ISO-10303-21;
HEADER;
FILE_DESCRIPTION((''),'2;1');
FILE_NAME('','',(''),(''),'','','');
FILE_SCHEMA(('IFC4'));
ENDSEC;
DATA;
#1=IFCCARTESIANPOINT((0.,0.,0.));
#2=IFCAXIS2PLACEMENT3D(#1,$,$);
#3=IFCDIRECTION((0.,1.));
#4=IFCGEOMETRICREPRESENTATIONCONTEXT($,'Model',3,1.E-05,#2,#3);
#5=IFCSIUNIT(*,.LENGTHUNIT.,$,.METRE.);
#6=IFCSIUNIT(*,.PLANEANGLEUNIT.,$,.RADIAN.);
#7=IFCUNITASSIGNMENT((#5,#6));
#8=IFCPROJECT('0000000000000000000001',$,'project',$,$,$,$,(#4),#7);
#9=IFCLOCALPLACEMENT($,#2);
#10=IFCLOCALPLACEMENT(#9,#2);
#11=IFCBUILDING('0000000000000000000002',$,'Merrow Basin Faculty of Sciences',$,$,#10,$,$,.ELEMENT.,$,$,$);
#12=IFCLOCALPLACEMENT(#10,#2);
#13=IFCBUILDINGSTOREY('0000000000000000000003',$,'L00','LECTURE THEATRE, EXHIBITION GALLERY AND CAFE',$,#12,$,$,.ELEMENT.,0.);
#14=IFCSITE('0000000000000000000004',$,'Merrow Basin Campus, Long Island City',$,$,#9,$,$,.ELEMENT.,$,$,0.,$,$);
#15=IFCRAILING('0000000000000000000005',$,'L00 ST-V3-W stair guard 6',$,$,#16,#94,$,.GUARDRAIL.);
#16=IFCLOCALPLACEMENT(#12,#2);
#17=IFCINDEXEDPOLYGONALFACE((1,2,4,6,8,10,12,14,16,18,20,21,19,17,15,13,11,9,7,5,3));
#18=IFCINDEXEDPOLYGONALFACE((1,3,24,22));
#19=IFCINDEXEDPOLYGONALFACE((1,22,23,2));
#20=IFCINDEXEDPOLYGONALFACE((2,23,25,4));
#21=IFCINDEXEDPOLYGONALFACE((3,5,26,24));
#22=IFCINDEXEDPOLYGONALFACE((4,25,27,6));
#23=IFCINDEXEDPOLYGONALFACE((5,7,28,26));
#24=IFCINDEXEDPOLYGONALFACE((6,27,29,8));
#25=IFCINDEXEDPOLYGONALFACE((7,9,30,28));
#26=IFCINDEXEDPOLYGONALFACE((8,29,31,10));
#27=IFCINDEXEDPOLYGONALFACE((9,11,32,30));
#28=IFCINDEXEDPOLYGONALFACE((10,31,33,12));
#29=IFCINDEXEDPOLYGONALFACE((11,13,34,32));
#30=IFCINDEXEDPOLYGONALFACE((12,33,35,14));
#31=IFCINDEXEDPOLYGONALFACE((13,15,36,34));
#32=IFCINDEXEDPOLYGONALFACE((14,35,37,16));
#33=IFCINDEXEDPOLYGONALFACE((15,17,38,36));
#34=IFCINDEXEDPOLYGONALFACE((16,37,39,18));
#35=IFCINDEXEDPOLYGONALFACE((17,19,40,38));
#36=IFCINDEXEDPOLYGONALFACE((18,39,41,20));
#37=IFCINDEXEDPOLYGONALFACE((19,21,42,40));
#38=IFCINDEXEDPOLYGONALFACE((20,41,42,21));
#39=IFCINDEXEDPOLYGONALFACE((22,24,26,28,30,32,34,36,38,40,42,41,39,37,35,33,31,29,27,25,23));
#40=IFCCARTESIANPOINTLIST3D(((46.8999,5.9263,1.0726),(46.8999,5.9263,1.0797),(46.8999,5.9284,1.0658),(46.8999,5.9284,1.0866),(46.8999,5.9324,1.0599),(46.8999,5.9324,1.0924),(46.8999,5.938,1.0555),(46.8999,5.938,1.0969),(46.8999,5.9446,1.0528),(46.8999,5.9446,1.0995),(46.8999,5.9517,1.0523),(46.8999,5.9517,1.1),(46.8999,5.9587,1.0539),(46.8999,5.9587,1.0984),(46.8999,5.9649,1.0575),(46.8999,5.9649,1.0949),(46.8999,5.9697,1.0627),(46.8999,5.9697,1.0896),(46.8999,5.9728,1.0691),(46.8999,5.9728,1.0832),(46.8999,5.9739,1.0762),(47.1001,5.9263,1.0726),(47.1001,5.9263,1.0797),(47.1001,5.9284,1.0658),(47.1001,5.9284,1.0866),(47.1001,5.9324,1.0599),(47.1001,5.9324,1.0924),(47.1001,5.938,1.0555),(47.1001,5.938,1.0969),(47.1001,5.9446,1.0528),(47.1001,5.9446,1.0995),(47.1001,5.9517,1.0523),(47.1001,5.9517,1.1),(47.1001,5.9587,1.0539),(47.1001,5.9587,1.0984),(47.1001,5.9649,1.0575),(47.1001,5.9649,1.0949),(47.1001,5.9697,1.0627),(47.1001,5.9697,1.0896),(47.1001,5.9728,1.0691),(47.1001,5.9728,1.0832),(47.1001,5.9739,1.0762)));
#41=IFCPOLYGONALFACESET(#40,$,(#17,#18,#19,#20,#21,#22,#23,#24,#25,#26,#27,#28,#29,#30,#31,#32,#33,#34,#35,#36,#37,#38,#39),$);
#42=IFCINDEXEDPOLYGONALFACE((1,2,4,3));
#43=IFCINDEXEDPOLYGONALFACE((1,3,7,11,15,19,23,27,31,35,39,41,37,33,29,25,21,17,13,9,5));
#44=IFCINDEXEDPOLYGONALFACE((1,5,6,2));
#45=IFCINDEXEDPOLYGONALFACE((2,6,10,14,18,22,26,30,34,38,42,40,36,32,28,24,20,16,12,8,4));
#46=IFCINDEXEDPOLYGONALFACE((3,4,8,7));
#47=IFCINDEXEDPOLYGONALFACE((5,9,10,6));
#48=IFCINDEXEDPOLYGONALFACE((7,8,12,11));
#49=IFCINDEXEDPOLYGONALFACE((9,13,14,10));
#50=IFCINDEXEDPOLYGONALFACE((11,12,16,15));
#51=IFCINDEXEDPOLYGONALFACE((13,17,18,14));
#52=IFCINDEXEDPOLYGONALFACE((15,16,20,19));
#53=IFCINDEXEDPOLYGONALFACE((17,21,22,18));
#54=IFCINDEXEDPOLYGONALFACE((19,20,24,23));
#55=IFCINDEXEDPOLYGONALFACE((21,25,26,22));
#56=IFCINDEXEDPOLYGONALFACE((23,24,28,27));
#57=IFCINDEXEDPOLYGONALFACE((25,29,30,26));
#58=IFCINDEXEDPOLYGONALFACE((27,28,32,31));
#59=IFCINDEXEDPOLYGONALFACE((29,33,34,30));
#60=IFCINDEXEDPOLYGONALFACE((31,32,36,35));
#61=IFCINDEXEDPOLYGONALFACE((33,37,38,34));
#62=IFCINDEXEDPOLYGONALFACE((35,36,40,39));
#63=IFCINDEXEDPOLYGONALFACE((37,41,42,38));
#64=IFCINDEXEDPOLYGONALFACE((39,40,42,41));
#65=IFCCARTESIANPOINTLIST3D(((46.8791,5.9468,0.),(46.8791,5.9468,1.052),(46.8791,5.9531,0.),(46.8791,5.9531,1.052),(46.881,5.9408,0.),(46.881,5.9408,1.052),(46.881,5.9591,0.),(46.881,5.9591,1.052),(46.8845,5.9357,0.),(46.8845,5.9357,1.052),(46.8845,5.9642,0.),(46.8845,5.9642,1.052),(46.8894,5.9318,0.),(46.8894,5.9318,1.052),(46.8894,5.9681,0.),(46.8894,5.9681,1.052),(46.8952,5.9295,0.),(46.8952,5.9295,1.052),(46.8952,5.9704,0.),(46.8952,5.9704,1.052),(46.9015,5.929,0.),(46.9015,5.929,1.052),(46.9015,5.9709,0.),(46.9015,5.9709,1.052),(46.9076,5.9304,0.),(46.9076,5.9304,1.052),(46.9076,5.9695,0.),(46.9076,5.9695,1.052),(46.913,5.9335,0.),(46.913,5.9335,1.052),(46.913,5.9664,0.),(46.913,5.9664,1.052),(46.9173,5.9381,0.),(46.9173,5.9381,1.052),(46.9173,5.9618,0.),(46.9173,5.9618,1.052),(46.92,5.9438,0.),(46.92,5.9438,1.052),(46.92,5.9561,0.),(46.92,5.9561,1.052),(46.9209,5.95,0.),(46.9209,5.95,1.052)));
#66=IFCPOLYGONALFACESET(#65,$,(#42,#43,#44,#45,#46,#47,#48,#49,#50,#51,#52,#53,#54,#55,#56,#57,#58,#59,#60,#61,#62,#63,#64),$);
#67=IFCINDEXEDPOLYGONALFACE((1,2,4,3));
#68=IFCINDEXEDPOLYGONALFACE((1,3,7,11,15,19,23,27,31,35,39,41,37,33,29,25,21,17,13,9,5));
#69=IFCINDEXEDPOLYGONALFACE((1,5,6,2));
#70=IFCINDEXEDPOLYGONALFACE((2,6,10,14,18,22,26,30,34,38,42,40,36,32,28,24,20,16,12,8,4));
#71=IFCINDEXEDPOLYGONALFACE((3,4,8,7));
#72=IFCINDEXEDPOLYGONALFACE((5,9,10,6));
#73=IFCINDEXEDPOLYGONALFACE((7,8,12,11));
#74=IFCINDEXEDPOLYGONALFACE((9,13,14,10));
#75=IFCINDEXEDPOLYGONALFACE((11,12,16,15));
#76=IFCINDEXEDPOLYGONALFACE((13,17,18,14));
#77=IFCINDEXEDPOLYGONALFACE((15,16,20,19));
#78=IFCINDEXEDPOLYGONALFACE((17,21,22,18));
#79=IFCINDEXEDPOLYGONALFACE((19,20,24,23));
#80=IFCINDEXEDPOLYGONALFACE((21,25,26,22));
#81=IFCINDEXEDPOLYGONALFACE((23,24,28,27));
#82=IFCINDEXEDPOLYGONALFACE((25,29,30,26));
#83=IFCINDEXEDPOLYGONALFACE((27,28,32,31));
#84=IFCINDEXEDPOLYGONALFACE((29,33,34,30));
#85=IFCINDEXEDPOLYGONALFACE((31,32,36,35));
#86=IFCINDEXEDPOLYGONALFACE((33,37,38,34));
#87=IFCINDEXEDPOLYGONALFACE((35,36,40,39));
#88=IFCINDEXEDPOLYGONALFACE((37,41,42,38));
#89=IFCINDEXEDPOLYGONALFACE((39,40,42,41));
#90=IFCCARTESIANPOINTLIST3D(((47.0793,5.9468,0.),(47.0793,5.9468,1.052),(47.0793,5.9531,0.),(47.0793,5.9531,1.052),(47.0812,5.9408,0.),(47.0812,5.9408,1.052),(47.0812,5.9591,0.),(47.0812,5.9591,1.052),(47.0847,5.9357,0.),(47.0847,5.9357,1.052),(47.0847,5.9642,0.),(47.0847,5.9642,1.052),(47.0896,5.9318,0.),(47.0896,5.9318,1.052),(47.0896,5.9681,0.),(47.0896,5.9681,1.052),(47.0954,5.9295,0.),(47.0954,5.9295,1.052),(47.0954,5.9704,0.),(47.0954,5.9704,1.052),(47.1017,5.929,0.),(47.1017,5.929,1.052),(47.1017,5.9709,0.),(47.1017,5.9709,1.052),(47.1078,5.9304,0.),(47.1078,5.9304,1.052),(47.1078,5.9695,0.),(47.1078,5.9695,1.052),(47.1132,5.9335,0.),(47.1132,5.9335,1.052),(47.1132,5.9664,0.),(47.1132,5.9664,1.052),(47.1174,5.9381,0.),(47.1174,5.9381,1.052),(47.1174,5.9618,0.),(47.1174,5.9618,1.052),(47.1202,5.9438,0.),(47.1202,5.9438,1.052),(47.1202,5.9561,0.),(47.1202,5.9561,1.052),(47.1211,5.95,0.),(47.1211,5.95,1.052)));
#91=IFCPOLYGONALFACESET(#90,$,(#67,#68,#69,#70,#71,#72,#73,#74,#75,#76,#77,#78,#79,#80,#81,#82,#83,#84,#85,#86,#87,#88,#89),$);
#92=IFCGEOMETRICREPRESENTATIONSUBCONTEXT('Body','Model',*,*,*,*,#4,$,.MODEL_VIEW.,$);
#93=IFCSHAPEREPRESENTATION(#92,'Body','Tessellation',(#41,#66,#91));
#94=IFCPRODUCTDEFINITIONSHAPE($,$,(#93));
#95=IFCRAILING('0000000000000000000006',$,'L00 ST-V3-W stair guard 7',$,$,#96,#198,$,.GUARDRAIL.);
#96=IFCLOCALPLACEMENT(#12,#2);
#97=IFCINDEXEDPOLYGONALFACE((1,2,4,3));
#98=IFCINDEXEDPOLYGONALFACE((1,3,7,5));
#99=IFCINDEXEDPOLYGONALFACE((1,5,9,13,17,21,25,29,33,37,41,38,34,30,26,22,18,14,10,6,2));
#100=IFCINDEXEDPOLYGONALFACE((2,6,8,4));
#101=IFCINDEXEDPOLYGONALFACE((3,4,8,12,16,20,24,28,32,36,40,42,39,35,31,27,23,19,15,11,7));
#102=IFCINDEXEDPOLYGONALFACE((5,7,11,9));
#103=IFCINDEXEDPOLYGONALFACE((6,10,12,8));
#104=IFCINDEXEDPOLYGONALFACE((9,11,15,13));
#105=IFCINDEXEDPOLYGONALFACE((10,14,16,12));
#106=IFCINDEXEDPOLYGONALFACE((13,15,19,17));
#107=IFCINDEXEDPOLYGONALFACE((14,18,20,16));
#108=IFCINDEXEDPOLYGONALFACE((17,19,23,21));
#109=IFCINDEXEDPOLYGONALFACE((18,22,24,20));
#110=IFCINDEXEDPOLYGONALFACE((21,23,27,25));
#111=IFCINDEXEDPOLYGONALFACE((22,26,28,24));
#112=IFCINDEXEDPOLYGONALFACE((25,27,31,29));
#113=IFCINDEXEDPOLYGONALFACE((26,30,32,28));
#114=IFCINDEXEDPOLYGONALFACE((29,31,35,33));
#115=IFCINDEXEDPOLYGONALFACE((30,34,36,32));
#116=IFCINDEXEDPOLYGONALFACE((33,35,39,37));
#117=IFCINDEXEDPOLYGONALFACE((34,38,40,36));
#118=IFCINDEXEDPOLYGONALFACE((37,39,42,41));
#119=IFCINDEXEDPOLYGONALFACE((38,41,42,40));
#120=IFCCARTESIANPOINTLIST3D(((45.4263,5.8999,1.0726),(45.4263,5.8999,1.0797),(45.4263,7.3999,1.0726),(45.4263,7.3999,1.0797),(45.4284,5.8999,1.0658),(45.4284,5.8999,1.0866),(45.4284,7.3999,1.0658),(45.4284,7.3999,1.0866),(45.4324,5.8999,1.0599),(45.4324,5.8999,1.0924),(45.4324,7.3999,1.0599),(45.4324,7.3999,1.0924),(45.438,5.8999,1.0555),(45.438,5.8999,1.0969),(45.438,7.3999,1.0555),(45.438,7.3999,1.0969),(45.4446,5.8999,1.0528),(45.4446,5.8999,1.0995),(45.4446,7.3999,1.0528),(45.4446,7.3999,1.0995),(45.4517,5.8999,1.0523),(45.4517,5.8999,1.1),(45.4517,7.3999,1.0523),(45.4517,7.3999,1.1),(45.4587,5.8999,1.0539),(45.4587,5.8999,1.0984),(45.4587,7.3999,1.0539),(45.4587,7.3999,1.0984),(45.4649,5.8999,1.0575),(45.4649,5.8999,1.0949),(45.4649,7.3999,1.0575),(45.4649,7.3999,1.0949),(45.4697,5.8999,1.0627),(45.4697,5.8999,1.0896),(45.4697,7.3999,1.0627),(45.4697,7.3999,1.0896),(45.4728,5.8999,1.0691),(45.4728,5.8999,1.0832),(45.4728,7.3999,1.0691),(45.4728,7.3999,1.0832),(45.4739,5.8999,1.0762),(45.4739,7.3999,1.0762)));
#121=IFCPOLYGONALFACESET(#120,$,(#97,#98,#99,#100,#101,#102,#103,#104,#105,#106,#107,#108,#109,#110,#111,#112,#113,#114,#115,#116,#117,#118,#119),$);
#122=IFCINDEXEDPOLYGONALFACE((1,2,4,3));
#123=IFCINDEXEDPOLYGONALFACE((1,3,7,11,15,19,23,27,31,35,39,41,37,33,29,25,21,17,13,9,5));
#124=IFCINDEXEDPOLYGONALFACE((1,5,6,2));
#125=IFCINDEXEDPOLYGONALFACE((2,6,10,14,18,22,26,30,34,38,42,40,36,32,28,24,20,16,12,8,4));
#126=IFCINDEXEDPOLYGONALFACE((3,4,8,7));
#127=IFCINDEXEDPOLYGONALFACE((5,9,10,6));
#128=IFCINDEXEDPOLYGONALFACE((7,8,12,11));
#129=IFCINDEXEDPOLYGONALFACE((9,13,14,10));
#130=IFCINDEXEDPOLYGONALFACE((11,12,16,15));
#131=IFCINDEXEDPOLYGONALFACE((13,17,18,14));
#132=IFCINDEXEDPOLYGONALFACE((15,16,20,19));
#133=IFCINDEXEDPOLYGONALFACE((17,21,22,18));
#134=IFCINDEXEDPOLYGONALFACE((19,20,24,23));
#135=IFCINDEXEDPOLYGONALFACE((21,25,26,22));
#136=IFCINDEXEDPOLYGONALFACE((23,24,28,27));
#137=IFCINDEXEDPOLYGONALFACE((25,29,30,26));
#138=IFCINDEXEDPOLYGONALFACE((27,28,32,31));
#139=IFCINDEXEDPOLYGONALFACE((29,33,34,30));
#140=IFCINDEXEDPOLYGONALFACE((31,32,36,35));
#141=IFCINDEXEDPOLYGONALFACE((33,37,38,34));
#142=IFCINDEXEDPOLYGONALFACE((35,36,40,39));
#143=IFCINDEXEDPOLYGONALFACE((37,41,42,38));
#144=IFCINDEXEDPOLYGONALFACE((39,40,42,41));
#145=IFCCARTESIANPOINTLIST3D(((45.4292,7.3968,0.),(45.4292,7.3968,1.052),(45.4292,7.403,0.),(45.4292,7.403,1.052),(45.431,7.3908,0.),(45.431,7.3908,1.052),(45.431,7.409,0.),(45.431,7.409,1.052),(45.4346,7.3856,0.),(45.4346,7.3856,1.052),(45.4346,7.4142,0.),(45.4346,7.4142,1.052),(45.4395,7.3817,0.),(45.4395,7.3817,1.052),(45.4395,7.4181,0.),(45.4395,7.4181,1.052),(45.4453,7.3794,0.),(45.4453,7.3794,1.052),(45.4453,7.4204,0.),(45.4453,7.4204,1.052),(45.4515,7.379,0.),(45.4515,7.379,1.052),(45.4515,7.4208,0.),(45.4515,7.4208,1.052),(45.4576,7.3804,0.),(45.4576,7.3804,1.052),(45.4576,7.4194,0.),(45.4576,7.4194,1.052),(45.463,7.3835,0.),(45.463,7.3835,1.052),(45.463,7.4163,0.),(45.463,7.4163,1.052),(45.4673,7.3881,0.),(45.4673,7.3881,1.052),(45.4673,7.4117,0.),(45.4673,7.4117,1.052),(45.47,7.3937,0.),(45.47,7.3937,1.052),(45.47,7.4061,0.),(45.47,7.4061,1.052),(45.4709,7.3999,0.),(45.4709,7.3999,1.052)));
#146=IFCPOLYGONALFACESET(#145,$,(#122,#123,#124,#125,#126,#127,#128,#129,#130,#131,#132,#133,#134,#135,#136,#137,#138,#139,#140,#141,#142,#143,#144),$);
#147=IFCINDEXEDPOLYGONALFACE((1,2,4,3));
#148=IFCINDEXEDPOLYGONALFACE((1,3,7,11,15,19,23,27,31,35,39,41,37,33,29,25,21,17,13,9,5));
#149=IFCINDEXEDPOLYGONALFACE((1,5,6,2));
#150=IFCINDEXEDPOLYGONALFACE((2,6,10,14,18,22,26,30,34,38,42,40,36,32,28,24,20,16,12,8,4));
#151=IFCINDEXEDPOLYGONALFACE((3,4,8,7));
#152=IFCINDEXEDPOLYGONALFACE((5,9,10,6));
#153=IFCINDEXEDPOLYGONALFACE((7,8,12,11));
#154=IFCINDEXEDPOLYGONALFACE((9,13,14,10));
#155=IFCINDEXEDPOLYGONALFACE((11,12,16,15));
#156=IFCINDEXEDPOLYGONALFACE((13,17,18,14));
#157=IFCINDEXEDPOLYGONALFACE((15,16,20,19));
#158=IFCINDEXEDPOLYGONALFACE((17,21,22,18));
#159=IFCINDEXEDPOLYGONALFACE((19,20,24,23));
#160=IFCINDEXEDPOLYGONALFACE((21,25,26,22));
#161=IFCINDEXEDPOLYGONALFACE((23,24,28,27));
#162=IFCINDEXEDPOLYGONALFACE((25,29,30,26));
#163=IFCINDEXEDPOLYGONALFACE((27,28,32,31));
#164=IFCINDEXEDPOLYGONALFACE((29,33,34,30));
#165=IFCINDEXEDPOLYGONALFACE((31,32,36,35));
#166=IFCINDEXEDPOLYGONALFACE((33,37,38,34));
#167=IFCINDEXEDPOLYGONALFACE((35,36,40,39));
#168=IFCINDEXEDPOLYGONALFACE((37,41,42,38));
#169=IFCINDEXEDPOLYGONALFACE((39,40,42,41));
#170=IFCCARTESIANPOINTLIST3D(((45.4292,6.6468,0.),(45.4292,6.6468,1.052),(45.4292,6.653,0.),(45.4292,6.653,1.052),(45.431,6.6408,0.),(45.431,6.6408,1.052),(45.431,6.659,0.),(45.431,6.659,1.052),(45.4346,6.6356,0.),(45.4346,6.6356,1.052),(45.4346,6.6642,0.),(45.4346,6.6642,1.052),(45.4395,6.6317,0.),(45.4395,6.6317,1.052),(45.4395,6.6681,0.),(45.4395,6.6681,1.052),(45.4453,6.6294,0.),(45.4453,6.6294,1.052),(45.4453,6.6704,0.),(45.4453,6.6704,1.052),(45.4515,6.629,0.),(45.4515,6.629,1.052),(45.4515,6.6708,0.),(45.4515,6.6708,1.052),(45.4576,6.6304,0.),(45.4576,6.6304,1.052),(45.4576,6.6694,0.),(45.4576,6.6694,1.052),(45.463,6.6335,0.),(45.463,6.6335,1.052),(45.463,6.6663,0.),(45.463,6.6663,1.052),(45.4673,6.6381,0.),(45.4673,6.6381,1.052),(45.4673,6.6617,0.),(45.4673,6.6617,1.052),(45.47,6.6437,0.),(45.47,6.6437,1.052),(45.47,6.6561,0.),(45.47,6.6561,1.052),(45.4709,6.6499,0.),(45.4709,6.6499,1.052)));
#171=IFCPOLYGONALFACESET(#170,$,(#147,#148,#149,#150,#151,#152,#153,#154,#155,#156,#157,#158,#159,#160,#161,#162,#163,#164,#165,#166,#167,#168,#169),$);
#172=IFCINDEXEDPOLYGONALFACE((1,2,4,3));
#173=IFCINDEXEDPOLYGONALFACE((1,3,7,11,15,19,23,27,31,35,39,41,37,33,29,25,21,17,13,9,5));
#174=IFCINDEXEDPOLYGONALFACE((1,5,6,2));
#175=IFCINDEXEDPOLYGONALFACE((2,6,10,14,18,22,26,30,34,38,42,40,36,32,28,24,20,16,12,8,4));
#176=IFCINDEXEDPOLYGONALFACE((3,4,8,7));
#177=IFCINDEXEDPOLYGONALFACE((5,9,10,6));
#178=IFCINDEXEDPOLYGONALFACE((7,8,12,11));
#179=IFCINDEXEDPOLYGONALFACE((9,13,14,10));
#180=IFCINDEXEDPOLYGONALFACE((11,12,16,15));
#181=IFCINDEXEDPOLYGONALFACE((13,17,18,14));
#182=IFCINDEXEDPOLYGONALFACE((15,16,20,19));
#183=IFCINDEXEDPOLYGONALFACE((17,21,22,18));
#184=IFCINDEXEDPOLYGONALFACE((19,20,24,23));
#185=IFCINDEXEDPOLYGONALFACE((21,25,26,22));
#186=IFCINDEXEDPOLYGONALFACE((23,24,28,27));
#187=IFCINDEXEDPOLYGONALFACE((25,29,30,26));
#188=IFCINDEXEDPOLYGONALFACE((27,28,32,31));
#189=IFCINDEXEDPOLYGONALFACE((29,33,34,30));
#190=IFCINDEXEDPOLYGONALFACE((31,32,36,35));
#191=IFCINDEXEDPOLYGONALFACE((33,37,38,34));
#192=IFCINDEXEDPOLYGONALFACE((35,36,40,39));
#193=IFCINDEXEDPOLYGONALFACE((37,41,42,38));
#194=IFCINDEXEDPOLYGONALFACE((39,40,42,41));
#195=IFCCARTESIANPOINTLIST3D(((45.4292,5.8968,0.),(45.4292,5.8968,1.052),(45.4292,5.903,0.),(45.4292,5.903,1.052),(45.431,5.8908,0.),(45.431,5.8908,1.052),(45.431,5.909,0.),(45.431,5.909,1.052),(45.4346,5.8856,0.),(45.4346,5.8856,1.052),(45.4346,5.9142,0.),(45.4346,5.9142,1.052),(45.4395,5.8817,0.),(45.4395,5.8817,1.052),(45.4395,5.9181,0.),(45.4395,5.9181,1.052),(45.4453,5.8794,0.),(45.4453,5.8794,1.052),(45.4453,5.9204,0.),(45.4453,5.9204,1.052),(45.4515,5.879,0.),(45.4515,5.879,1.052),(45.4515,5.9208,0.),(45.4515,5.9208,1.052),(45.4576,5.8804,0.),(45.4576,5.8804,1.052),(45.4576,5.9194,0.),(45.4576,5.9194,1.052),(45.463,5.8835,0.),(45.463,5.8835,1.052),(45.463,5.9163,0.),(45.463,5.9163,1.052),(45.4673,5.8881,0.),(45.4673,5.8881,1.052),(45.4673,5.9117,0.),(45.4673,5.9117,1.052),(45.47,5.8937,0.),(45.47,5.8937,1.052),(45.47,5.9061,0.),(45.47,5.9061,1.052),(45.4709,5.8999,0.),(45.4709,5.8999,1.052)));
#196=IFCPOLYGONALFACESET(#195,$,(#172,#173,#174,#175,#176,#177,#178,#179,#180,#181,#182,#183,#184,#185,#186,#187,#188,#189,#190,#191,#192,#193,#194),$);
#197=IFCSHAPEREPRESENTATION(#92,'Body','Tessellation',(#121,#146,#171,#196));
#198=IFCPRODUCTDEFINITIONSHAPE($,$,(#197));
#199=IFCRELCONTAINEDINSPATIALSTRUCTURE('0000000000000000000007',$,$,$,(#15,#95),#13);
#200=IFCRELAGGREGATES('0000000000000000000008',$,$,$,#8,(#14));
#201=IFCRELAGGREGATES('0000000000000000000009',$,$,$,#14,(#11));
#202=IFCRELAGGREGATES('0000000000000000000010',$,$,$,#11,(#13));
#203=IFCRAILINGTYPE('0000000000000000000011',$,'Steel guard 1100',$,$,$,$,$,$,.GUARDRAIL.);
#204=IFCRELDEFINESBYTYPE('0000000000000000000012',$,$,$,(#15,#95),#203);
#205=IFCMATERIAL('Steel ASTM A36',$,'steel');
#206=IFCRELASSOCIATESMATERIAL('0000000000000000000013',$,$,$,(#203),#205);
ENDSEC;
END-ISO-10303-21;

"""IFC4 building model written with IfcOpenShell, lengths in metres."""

from ifc_helpers import new_model, si_unit, direction, frame, origin, origin_2d, place, context, subcontext, project, spatial, circle, extrude, material, type_object, element, save


model = new_model("IFC4")

# Units and contexts
model_context = context("Model", 3, precision=1e-05, world=origin(), true_north=direction((0.0, 1.0)))
body_context = subcontext(model_context, "Body", "Model", "MODEL_VIEW")
ifc_project = project(units=[si_unit("LENGTHUNIT", "METRE"), si_unit("PLANEANGLEUNIT", "RADIAN")], contexts=[model_context])

# Site, building, storey
site_placement = place(None, origin())
site = spatial("IfcSite", under=ifc_project, at=site_placement, Name="Merrow Basin Campus, Long Island City", CompositionType="ELEMENT", RefElevation=0.0)
building_placement = place(site_placement, origin())
building = spatial("IfcBuilding", under=site, at=building_placement, Name="Merrow Basin Faculty of Sciences", CompositionType="ELEMENT")
storey_placement = place(building_placement, origin())
storey = spatial("IfcBuildingStorey", under=building, at=storey_placement, Name="L00", Description="LECTURE THEATRE, EXHIBITION GALLERY AND CAFE", CompositionType="ELEMENT", Elevation=0.0)

# Railings
ifc_material_1 = material(Name="Steel ASTM A36", Category="steel")
railing_type_1 = type_object("IfcRailingType", Name="Steel guard 1100", PredefinedType="GUARDRAIL", material=ifc_material_1)
railing_1_placement = place(storey_placement, frame((46.8999, 5.95, 0.0)))
element("IfcRailing", 1, at=railing_1_placement, inside=storey, type_object=railing_type_1, Name="L00 ST-V3-W stair guard 6", PredefinedType="GUARDRAIL", context=body_context, shape_type="SweptSolid", body=[
    extrude(circle(Radius=0.0239, at=origin_2d()), frame((0.0, 0.0, 1.0762), z_axis=(1.0, 0.0, 0.0), x_axis=(0.0, 1.0, 0.0)), (0.0, 0.0, 1.0), 0.2002),
    extrude(circle(Radius=0.021, at=origin_2d()), origin(), (0.0, 0.0, 1.0), 1.052),
    extrude(circle(Radius=0.021, at=origin_2d()), frame((0.2002, 0.0, 0.0)), (0.0, 0.0, 1.0), 1.052),
])
railing_2_placement = place(storey_placement, frame((45.45, 7.3999, 0.0)))
element("IfcRailing", 2, at=railing_2_placement, inside=storey, type_object=railing_type_1, Name="L00 ST-V3-W stair guard 7", PredefinedType="GUARDRAIL", context=body_context, shape_type="SweptSolid", body=[
    extrude(circle(Radius=0.0239, at=origin_2d()), frame((0.0, 0.0, 1.0762), z_axis=(0.0, -1.0, 0.0), x_axis=(1.0, 0.0, 0.0)), (0.0, 0.0, 1.0), 1.5),
    extrude(circle(Radius=0.021, at=origin_2d()), origin(), (0.0, 0.0, 1.0), 1.052),
    extrude(circle(Radius=0.021, at=origin_2d()), frame((0.0, -0.75, 0.0)), (0.0, 0.0, 1.0), 1.052),
    extrude(circle(Radius=0.021, at=origin_2d()), frame((0.0, -1.5, 0.0)), (0.0, 0.0, 1.0), 1.052),
])

save(model, "model.ifc")
